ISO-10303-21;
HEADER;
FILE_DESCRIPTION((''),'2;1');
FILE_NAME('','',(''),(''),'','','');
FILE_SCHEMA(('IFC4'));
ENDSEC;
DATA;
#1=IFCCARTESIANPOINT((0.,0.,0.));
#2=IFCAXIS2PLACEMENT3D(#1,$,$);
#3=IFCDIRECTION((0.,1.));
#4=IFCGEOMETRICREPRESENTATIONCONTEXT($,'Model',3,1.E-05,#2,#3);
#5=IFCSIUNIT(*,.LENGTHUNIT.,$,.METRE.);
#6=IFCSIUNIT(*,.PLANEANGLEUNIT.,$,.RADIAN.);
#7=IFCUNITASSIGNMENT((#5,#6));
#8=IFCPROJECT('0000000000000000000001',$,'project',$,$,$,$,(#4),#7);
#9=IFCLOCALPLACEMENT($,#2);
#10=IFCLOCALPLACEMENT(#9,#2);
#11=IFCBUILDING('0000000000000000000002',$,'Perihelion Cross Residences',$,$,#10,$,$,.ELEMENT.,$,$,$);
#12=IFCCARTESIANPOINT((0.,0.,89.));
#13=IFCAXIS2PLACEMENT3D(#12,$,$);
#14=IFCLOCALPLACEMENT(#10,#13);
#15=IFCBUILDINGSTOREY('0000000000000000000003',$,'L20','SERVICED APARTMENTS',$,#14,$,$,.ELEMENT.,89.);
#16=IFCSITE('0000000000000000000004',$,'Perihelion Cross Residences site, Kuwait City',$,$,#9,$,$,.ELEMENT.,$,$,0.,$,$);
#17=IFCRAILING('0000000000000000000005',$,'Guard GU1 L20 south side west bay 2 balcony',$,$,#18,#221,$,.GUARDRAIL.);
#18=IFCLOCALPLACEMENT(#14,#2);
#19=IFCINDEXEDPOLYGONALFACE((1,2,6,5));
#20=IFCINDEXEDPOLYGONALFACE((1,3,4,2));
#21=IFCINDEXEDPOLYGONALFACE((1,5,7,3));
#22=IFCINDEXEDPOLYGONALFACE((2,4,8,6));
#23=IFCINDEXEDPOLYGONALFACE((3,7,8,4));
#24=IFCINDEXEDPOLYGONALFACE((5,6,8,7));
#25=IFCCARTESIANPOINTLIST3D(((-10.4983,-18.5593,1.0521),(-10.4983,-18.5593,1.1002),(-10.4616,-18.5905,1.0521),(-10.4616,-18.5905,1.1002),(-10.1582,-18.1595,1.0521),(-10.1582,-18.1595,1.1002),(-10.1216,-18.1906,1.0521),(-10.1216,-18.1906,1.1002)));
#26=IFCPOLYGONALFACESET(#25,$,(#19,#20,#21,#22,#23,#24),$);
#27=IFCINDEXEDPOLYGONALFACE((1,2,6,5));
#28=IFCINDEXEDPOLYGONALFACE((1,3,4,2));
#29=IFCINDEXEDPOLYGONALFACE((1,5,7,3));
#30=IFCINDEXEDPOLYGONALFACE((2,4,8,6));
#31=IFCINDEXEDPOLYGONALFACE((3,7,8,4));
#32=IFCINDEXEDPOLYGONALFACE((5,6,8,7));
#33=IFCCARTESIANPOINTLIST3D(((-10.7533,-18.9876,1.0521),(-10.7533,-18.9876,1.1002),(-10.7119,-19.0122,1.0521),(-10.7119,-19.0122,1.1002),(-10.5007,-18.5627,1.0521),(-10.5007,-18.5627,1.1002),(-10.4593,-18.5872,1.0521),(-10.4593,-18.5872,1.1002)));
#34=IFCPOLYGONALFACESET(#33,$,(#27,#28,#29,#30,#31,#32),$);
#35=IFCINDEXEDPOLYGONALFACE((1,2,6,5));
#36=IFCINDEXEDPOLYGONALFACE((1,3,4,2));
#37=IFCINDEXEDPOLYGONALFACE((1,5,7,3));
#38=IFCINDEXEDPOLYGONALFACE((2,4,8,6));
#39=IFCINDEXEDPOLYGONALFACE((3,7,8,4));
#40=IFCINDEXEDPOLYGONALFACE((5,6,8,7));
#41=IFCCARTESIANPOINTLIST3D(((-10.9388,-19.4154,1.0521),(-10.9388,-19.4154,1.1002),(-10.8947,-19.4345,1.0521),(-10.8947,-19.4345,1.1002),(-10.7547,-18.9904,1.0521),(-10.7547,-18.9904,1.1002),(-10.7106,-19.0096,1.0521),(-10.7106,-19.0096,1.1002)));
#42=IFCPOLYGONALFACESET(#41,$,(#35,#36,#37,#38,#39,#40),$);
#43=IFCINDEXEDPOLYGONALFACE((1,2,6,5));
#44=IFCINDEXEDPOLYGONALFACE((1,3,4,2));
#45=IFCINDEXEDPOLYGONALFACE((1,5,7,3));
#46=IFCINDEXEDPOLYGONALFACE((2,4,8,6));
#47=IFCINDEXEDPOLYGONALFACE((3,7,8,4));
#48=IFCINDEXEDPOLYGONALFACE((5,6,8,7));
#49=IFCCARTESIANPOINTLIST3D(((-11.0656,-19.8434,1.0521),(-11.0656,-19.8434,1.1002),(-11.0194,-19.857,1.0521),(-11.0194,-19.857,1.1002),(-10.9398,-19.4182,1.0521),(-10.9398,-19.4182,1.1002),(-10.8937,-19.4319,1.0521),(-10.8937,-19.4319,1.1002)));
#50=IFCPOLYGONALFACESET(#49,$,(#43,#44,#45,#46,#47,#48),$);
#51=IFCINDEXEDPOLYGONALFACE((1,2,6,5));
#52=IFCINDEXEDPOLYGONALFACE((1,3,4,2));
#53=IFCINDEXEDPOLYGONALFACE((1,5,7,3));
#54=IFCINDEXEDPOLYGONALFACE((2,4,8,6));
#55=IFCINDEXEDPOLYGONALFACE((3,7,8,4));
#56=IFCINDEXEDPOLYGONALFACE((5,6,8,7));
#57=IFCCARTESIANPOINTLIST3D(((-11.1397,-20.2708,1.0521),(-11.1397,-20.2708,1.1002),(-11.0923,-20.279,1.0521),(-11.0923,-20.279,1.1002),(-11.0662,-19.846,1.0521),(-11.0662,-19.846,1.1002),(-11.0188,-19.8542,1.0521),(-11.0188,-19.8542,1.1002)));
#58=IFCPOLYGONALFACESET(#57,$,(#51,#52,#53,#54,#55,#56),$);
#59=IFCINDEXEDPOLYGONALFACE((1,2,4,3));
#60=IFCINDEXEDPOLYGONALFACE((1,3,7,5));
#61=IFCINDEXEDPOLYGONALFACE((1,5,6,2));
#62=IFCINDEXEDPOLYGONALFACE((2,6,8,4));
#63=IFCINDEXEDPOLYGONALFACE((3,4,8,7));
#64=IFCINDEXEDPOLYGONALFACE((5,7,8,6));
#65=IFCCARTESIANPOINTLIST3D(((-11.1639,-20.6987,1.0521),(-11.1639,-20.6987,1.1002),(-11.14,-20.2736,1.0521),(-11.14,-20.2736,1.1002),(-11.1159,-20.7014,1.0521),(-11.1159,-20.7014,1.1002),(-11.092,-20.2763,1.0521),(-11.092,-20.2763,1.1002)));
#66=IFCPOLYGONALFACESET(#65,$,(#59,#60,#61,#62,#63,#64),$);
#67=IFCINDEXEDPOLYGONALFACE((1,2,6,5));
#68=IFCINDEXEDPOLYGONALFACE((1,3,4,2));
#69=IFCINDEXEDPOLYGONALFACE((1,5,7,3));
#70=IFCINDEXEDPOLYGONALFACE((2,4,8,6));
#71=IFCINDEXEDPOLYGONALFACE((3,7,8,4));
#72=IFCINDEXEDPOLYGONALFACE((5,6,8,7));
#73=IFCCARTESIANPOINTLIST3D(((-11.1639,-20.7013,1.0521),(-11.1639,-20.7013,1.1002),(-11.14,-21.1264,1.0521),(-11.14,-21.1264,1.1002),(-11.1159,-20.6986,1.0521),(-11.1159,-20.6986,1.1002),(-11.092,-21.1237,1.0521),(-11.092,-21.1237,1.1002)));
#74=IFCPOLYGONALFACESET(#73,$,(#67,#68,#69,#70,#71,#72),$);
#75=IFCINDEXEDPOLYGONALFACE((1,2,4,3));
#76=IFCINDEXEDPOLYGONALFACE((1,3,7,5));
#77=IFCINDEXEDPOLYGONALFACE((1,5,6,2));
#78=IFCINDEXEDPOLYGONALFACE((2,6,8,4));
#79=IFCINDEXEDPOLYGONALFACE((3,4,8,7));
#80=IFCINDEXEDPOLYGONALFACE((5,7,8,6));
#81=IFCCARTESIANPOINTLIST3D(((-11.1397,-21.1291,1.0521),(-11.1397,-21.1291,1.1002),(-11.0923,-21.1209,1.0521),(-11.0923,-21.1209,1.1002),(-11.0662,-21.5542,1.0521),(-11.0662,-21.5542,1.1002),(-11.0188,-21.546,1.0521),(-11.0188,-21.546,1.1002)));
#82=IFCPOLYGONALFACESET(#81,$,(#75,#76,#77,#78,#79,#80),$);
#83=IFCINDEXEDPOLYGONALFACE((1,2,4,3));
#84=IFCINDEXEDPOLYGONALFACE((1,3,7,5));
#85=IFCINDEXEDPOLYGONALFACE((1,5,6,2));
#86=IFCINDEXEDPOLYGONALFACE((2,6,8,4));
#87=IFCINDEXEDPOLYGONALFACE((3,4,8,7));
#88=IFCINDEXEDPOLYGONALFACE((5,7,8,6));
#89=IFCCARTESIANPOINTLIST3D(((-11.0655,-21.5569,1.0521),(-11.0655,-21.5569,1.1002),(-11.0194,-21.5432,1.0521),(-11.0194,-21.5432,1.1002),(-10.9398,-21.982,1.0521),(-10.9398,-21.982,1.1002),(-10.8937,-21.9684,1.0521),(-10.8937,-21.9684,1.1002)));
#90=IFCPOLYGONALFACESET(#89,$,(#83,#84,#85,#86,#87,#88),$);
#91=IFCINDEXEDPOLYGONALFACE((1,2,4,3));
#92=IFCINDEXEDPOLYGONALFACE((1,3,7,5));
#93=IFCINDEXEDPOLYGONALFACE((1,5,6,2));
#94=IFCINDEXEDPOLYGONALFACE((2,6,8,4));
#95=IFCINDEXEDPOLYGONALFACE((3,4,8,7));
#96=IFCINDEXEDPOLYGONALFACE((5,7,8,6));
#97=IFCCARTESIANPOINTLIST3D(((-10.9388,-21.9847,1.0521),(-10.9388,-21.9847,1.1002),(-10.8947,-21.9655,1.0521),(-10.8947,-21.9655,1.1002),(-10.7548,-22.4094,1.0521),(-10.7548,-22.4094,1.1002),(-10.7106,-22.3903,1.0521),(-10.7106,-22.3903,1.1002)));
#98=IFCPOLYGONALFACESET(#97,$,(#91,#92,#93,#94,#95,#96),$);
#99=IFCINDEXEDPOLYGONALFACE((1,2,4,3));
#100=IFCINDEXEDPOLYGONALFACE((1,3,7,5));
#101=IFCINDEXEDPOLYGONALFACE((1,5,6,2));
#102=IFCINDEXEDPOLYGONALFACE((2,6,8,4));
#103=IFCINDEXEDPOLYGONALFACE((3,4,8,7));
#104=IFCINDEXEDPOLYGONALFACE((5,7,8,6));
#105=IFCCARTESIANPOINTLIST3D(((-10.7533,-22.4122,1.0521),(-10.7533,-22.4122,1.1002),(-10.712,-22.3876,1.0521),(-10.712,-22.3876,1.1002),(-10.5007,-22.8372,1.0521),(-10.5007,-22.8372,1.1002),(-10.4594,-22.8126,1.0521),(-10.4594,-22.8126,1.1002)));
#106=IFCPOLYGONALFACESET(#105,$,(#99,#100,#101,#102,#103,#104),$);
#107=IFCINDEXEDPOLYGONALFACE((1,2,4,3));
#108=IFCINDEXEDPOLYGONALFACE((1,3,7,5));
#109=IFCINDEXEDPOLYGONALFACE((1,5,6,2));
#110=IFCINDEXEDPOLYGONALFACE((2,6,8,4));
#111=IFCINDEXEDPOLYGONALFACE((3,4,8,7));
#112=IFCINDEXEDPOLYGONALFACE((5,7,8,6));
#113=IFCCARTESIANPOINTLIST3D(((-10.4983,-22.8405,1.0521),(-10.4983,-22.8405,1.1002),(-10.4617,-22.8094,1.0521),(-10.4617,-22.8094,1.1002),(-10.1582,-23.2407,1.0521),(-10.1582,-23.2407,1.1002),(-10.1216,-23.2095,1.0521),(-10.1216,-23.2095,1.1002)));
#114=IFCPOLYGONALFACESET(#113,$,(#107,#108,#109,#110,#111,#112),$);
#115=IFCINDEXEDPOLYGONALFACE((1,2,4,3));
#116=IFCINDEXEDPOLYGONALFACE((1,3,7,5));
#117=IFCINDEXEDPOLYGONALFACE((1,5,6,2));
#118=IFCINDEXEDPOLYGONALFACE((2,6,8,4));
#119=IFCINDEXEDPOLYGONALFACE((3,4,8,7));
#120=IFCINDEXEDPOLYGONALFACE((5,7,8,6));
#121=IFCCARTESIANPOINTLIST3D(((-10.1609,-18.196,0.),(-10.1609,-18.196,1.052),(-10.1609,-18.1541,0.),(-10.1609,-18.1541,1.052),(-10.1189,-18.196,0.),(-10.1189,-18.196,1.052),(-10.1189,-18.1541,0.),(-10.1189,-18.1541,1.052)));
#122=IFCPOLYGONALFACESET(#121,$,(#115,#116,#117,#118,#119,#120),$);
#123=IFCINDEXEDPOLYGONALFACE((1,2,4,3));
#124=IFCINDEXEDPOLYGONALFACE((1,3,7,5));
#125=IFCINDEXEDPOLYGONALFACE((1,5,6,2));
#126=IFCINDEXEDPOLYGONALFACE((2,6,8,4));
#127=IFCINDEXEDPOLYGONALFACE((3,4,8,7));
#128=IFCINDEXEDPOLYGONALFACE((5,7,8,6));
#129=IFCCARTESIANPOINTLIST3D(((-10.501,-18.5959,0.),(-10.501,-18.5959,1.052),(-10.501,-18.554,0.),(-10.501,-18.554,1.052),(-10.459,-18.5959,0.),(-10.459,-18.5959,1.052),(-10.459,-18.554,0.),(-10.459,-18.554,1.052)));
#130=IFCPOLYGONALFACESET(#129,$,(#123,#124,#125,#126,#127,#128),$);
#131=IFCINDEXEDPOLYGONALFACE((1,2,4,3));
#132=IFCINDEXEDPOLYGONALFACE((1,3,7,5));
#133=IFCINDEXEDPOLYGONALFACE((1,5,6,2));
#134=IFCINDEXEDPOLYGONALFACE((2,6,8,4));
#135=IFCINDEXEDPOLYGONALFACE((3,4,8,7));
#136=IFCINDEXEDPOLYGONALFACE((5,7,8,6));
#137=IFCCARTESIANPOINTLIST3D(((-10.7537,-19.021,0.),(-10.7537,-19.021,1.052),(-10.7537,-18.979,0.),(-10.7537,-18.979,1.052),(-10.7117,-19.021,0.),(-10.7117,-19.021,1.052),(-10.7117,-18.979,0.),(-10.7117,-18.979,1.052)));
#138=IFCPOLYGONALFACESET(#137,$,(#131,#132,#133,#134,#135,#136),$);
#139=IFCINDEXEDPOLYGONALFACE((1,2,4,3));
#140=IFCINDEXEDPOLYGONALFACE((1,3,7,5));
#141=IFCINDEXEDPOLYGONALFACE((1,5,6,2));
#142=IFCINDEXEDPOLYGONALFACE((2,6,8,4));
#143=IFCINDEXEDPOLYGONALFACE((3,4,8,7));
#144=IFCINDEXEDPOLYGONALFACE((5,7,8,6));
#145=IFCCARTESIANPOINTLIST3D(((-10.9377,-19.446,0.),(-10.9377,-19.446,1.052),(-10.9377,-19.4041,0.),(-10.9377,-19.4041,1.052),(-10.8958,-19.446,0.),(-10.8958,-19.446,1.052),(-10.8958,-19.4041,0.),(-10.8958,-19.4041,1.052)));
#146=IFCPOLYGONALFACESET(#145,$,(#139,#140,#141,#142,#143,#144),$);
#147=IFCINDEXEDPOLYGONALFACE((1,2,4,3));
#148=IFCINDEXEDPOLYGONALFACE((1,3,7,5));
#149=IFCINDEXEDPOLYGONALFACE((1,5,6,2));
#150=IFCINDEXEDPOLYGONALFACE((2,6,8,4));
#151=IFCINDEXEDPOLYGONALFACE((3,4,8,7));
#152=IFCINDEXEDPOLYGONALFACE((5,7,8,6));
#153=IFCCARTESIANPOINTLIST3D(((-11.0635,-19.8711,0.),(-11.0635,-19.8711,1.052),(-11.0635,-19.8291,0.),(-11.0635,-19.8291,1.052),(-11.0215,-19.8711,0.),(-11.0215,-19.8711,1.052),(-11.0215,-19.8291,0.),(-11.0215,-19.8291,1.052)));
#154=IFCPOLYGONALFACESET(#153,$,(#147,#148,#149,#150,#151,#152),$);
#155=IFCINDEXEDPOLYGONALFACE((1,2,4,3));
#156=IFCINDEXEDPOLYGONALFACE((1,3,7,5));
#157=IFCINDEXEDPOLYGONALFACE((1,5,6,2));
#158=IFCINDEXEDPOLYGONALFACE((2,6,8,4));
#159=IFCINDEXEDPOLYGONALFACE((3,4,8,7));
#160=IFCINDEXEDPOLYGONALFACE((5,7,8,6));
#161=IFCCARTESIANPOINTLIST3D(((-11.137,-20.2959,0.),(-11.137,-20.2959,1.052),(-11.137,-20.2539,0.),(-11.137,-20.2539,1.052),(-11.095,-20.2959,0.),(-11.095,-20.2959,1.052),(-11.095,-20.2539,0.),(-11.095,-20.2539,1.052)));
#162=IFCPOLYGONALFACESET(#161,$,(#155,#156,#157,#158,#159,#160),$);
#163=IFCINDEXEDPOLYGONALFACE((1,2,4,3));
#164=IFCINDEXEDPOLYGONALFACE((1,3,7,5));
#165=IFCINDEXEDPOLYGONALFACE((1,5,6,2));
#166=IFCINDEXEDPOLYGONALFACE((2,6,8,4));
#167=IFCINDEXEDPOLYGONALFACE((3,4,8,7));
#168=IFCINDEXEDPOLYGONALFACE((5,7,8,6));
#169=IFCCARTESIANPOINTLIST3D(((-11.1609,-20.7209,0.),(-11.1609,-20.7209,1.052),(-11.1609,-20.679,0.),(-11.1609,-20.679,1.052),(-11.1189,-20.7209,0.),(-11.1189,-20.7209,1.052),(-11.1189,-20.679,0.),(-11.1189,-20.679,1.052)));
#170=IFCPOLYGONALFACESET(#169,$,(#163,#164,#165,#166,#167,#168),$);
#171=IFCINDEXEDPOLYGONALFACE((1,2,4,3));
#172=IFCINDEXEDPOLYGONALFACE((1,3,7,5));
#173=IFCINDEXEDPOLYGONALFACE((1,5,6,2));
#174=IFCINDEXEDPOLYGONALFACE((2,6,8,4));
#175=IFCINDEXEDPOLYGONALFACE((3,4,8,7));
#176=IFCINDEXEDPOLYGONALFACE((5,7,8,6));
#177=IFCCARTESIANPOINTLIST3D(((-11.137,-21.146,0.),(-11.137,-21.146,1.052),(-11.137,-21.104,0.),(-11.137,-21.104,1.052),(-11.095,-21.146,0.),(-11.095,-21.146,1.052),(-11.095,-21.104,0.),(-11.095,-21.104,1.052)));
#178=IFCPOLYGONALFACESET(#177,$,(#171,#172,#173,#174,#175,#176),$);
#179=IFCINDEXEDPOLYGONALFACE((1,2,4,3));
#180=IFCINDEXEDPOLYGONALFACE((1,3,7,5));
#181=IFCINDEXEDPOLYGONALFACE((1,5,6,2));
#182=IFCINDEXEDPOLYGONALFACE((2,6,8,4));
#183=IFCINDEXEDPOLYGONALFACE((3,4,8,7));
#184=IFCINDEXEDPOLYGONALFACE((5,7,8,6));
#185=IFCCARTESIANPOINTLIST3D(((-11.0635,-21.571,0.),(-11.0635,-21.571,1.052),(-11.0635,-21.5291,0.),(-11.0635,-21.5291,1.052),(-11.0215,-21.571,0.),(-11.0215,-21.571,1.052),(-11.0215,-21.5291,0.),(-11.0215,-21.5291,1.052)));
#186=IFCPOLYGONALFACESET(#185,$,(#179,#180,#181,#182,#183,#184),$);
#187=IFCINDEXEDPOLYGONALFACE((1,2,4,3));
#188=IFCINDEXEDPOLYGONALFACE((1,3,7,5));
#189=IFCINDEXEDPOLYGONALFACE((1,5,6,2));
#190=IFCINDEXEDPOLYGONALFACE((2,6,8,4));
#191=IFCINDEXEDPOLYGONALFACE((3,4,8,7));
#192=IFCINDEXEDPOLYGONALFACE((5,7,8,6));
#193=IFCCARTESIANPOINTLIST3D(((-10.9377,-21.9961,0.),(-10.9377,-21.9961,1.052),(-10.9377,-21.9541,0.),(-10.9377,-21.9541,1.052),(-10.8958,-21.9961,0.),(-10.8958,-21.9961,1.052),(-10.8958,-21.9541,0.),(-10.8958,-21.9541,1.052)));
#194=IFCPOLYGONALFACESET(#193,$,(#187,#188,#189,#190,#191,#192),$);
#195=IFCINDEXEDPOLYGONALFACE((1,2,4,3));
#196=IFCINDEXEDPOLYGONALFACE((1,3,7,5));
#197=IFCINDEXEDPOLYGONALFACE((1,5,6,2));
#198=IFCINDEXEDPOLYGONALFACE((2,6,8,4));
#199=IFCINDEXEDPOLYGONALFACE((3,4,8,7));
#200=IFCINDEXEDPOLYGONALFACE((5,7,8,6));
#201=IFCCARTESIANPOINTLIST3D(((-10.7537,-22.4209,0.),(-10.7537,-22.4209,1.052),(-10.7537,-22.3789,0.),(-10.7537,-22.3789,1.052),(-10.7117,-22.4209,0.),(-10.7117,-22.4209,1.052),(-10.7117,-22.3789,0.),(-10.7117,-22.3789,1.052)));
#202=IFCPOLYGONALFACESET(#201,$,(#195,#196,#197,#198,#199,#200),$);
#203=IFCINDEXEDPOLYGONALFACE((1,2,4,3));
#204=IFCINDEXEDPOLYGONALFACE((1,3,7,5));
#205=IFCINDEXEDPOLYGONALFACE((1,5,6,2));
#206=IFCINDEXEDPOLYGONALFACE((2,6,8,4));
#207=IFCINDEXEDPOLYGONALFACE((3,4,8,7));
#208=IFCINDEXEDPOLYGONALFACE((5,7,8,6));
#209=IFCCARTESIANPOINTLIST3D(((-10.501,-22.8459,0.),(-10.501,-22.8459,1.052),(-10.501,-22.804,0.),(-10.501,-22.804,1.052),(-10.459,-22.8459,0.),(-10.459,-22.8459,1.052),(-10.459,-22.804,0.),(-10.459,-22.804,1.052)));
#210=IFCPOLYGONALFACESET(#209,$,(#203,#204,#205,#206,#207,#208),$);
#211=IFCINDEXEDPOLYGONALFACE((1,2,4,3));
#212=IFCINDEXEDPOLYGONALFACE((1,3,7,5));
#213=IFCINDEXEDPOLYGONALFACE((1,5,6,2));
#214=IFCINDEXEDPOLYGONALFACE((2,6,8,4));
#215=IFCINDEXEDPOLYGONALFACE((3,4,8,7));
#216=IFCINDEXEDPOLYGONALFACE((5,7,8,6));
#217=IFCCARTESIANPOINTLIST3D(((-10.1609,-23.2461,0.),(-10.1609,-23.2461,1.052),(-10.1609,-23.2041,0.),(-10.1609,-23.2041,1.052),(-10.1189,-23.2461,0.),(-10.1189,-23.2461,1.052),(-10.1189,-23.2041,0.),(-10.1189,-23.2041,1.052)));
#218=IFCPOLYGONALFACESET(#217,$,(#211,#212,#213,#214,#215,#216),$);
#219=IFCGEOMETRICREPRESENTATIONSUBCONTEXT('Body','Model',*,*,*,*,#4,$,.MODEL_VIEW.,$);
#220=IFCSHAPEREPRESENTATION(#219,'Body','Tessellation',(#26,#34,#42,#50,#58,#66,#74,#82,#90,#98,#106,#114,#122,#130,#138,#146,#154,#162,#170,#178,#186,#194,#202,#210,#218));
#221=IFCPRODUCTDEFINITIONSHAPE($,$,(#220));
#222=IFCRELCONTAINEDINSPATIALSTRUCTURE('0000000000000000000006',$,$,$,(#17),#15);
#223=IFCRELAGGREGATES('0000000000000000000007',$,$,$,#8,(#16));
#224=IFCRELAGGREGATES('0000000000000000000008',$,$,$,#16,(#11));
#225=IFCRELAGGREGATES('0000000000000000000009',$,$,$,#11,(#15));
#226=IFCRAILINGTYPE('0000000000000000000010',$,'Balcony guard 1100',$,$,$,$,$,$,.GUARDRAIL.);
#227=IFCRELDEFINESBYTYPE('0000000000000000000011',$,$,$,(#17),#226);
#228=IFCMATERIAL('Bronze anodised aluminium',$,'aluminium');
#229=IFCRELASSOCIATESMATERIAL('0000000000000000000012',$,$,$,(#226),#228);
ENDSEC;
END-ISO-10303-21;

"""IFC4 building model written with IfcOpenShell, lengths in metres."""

from ifc_helpers import new_model, si_unit, direction, frame, origin, origin_2d, place, context, subcontext, project, spatial, rectangle, extrude, material, type_object, element, save


model = new_model("IFC4")

# Units and contexts
model_context = context("Model", 3, precision=1e-05, world=origin(), true_north=direction((0.0, 1.0)))
body_context = subcontext(model_context, "Body", "Model", "MODEL_VIEW")
ifc_project = project(units=[si_unit("LENGTHUNIT", "METRE"), si_unit("PLANEANGLEUNIT", "RADIAN")], contexts=[model_context])

# Site, building, storey
site_placement = place(None, origin())
site = spatial("IfcSite", under=ifc_project, at=site_placement, Name="Perihelion Cross Residences site, Kuwait City", CompositionType="ELEMENT", RefElevation=0.0)
building_placement = place(site_placement, origin())
building = spatial("IfcBuilding", under=site, at=building_placement, Name="Perihelion Cross Residences", CompositionType="ELEMENT")
storey_placement = place(building_placement, frame((0.0, 0.0, 89.0)))
storey = spatial("IfcBuildingStorey", under=building, at=storey_placement, Name="L20", Description="SERVICED APARTMENTS", CompositionType="ELEMENT", Elevation=89.0)

# Railing
ifc_material_1 = material(Name="Bronze anodised aluminium", Category="aluminium")
railing_type = type_object("IfcRailingType", Name="Balcony guard 1100", PredefinedType="GUARDRAIL", material=ifc_material_1)
railing_1_placement = place(storey_placement, frame((-10.1399, -18.175, 0.0)))
element("IfcRailing", 1, at=railing_1_placement, inside=storey, type_object=railing_type, Name="Guard GU1 L20 south side west bay 2 balcony", PredefinedType="GUARDRAIL", context=body_context, shape_type="SweptSolid", body=[
    extrude(rectangle(XDim=0.0481, YDim=0.0481, at=origin_2d()), frame((0.0, 0.0, 1.0762), z_axis=(-0.647837, -0.761779, 0.0), x_axis=(0.761779, -0.647837, 0.0)), (0.0, 0.0, 1.0), 0.5249),
    extrude(rectangle(XDim=0.0481, YDim=0.0481, at=origin_2d()), frame((-0.3401, -0.3999, 1.0762), z_axis=(-0.511006, -0.859577, 0.0), x_axis=(0.859577, -0.511006, 0.0)), (0.0, 0.0, 1.0), 0.4944),
    extrude(rectangle(XDim=0.0481, YDim=0.0481, at=origin_2d()), frame((-0.5928, -0.825, 1.0762), z_axis=(-0.397415, -0.917639, 0.0), x_axis=(0.917639, -0.397415, 0.0)), (0.0, 0.0, 1.0), 0.4631),
    extrude(rectangle(XDim=0.0481, YDim=0.0481, at=origin_2d()), frame((-0.7769, -1.25, 1.0762), z_axis=(-0.283657, -0.958926, 0.0), x_axis=(0.958926, -0.283657, 0.0)), (0.0, 0.0, 1.0), 0.4434),
    extrude(rectangle(XDim=0.0481, YDim=0.0481, at=origin_2d()), frame((-0.9026, -1.675, 1.0762), z_axis=(-0.170457, -0.985365, 0.0), x_axis=(0.985365, -0.170457, 0.0)), (0.0, 0.0, 1.0), 0.4312),
    extrude(rectangle(XDim=0.0481, YDim=0.0481, at=origin_2d()), frame((-0.9761, -2.0999, 1.0762), z_axis=(-0.056201, -0.99842, 0.0), x_axis=(0.99842, -0.056201, 0.0)), (0.0, 0.0, 1.0), 0.4258),
    extrude(rectangle(XDim=0.0481, YDim=0.0481, at=origin_2d()), frame((-1.0, -2.5249, 1.0762), z_axis=(0.056201, -0.99842, 0.0), x_axis=(0.99842, 0.056201, 0.0)), (0.0, 0.0, 1.0), 0.4258),
    extrude(rectangle(XDim=0.0481, YDim=0.0481, at=origin_2d()), frame((-0.9761, -2.95, 1.0762), z_axis=(0.170362, -0.985382, 0.0), x_axis=(0.985382, 0.170362, 0.0)), (0.0, 0.0, 1.0), 0.4314),
    extrude(rectangle(XDim=0.0481, YDim=0.0481, at=origin_2d()), frame((-0.9026, -3.375, 1.0762), z_axis=(0.283657, -0.958926, 0.0), x_axis=(0.958926, 0.283657, 0.0)), (0.0, 0.0, 1.0), 0.4434),
    extrude(rectangle(XDim=0.0481, YDim=0.0481, at=origin_2d()), frame((-0.7769, -3.8, 1.0762), z_axis=(0.397607, -0.917556, 0.0), x_axis=(0.917556, 0.397607, 0.0)), (0.0, 0.0, 1.0), 0.4629),
    extrude(rectangle(XDim=0.0481, YDim=0.0481, at=origin_2d()), frame((-0.5928, -4.2249, 1.0762), z_axis=(0.511006, -0.859577, 0.0), x_axis=(0.859577, 0.511006, 0.0)), (0.0, 0.0, 1.0), 0.4944),
    extrude(rectangle(XDim=0.0481, YDim=0.0481, at=origin_2d()), frame((-0.3401, -4.6499, 1.0762), z_axis=(0.647608, -0.761974, 0.0), x_axis=(0.761974, 0.647608, 0.0)), (0.0, 0.0, 1.0), 0.5251),
    extrude(rectangle(XDim=0.042, YDim=0.042, at=origin_2d()), origin(), (0.0, 0.0, 1.0), 1.052),
    extrude(rectangle(XDim=0.042, YDim=0.042, at=origin_2d()), frame((-0.3401, -0.3999, 0.0)), (0.0, 0.0, 1.0), 1.052),
    extrude(rectangle(XDim=0.042, YDim=0.042, at=origin_2d()), frame((-0.5928, -0.825, 0.0)), (0.0, 0.0, 1.0), 1.052),
    extrude(rectangle(XDim=0.042, YDim=0.042, at=origin_2d()), frame((-0.7769, -1.25, 0.0)), (0.0, 0.0, 1.0), 1.052),
    extrude(rectangle(XDim=0.042, YDim=0.042, at=origin_2d()), frame((-0.9026, -1.675, 0.0)), (0.0, 0.0, 1.0), 1.052),
    extrude(rectangle(XDim=0.042, YDim=0.042, at=origin_2d()), frame((-0.9761, -2.0999, 0.0)), (0.0, 0.0, 1.0), 1.052),
    extrude(rectangle(XDim=0.042, YDim=0.042, at=origin_2d()), frame((-1.0, -2.5249, 0.0)), (0.0, 0.0, 1.0), 1.052),
    extrude(rectangle(XDim=0.042, YDim=0.042, at=origin_2d()), frame((-0.9761, -2.95, 0.0)), (0.0, 0.0, 1.0), 1.052),
    extrude(rectangle(XDim=0.042, YDim=0.042, at=origin_2d()), frame((-0.9026, -3.375, 0.0)), (0.0, 0.0, 1.0), 1.052),
    extrude(rectangle(XDim=0.042, YDim=0.042, at=origin_2d()), frame((-0.7769, -3.8, 0.0)), (0.0, 0.0, 1.0), 1.052),
    extrude(rectangle(XDim=0.042, YDim=0.042, at=origin_2d()), frame((-0.5928, -4.2249, 0.0)), (0.0, 0.0, 1.0), 1.052),
    extrude(rectangle(XDim=0.042, YDim=0.042, at=origin_2d()), frame((-0.3401, -4.6499, 0.0)), (0.0, 0.0, 1.0), 1.052),
    extrude(rectangle(XDim=0.042, YDim=0.042, at=origin_2d()), frame((0.0, -5.05, 0.0)), (0.0, 0.0, 1.0), 1.052),
])

save(model, "model.ifc")
